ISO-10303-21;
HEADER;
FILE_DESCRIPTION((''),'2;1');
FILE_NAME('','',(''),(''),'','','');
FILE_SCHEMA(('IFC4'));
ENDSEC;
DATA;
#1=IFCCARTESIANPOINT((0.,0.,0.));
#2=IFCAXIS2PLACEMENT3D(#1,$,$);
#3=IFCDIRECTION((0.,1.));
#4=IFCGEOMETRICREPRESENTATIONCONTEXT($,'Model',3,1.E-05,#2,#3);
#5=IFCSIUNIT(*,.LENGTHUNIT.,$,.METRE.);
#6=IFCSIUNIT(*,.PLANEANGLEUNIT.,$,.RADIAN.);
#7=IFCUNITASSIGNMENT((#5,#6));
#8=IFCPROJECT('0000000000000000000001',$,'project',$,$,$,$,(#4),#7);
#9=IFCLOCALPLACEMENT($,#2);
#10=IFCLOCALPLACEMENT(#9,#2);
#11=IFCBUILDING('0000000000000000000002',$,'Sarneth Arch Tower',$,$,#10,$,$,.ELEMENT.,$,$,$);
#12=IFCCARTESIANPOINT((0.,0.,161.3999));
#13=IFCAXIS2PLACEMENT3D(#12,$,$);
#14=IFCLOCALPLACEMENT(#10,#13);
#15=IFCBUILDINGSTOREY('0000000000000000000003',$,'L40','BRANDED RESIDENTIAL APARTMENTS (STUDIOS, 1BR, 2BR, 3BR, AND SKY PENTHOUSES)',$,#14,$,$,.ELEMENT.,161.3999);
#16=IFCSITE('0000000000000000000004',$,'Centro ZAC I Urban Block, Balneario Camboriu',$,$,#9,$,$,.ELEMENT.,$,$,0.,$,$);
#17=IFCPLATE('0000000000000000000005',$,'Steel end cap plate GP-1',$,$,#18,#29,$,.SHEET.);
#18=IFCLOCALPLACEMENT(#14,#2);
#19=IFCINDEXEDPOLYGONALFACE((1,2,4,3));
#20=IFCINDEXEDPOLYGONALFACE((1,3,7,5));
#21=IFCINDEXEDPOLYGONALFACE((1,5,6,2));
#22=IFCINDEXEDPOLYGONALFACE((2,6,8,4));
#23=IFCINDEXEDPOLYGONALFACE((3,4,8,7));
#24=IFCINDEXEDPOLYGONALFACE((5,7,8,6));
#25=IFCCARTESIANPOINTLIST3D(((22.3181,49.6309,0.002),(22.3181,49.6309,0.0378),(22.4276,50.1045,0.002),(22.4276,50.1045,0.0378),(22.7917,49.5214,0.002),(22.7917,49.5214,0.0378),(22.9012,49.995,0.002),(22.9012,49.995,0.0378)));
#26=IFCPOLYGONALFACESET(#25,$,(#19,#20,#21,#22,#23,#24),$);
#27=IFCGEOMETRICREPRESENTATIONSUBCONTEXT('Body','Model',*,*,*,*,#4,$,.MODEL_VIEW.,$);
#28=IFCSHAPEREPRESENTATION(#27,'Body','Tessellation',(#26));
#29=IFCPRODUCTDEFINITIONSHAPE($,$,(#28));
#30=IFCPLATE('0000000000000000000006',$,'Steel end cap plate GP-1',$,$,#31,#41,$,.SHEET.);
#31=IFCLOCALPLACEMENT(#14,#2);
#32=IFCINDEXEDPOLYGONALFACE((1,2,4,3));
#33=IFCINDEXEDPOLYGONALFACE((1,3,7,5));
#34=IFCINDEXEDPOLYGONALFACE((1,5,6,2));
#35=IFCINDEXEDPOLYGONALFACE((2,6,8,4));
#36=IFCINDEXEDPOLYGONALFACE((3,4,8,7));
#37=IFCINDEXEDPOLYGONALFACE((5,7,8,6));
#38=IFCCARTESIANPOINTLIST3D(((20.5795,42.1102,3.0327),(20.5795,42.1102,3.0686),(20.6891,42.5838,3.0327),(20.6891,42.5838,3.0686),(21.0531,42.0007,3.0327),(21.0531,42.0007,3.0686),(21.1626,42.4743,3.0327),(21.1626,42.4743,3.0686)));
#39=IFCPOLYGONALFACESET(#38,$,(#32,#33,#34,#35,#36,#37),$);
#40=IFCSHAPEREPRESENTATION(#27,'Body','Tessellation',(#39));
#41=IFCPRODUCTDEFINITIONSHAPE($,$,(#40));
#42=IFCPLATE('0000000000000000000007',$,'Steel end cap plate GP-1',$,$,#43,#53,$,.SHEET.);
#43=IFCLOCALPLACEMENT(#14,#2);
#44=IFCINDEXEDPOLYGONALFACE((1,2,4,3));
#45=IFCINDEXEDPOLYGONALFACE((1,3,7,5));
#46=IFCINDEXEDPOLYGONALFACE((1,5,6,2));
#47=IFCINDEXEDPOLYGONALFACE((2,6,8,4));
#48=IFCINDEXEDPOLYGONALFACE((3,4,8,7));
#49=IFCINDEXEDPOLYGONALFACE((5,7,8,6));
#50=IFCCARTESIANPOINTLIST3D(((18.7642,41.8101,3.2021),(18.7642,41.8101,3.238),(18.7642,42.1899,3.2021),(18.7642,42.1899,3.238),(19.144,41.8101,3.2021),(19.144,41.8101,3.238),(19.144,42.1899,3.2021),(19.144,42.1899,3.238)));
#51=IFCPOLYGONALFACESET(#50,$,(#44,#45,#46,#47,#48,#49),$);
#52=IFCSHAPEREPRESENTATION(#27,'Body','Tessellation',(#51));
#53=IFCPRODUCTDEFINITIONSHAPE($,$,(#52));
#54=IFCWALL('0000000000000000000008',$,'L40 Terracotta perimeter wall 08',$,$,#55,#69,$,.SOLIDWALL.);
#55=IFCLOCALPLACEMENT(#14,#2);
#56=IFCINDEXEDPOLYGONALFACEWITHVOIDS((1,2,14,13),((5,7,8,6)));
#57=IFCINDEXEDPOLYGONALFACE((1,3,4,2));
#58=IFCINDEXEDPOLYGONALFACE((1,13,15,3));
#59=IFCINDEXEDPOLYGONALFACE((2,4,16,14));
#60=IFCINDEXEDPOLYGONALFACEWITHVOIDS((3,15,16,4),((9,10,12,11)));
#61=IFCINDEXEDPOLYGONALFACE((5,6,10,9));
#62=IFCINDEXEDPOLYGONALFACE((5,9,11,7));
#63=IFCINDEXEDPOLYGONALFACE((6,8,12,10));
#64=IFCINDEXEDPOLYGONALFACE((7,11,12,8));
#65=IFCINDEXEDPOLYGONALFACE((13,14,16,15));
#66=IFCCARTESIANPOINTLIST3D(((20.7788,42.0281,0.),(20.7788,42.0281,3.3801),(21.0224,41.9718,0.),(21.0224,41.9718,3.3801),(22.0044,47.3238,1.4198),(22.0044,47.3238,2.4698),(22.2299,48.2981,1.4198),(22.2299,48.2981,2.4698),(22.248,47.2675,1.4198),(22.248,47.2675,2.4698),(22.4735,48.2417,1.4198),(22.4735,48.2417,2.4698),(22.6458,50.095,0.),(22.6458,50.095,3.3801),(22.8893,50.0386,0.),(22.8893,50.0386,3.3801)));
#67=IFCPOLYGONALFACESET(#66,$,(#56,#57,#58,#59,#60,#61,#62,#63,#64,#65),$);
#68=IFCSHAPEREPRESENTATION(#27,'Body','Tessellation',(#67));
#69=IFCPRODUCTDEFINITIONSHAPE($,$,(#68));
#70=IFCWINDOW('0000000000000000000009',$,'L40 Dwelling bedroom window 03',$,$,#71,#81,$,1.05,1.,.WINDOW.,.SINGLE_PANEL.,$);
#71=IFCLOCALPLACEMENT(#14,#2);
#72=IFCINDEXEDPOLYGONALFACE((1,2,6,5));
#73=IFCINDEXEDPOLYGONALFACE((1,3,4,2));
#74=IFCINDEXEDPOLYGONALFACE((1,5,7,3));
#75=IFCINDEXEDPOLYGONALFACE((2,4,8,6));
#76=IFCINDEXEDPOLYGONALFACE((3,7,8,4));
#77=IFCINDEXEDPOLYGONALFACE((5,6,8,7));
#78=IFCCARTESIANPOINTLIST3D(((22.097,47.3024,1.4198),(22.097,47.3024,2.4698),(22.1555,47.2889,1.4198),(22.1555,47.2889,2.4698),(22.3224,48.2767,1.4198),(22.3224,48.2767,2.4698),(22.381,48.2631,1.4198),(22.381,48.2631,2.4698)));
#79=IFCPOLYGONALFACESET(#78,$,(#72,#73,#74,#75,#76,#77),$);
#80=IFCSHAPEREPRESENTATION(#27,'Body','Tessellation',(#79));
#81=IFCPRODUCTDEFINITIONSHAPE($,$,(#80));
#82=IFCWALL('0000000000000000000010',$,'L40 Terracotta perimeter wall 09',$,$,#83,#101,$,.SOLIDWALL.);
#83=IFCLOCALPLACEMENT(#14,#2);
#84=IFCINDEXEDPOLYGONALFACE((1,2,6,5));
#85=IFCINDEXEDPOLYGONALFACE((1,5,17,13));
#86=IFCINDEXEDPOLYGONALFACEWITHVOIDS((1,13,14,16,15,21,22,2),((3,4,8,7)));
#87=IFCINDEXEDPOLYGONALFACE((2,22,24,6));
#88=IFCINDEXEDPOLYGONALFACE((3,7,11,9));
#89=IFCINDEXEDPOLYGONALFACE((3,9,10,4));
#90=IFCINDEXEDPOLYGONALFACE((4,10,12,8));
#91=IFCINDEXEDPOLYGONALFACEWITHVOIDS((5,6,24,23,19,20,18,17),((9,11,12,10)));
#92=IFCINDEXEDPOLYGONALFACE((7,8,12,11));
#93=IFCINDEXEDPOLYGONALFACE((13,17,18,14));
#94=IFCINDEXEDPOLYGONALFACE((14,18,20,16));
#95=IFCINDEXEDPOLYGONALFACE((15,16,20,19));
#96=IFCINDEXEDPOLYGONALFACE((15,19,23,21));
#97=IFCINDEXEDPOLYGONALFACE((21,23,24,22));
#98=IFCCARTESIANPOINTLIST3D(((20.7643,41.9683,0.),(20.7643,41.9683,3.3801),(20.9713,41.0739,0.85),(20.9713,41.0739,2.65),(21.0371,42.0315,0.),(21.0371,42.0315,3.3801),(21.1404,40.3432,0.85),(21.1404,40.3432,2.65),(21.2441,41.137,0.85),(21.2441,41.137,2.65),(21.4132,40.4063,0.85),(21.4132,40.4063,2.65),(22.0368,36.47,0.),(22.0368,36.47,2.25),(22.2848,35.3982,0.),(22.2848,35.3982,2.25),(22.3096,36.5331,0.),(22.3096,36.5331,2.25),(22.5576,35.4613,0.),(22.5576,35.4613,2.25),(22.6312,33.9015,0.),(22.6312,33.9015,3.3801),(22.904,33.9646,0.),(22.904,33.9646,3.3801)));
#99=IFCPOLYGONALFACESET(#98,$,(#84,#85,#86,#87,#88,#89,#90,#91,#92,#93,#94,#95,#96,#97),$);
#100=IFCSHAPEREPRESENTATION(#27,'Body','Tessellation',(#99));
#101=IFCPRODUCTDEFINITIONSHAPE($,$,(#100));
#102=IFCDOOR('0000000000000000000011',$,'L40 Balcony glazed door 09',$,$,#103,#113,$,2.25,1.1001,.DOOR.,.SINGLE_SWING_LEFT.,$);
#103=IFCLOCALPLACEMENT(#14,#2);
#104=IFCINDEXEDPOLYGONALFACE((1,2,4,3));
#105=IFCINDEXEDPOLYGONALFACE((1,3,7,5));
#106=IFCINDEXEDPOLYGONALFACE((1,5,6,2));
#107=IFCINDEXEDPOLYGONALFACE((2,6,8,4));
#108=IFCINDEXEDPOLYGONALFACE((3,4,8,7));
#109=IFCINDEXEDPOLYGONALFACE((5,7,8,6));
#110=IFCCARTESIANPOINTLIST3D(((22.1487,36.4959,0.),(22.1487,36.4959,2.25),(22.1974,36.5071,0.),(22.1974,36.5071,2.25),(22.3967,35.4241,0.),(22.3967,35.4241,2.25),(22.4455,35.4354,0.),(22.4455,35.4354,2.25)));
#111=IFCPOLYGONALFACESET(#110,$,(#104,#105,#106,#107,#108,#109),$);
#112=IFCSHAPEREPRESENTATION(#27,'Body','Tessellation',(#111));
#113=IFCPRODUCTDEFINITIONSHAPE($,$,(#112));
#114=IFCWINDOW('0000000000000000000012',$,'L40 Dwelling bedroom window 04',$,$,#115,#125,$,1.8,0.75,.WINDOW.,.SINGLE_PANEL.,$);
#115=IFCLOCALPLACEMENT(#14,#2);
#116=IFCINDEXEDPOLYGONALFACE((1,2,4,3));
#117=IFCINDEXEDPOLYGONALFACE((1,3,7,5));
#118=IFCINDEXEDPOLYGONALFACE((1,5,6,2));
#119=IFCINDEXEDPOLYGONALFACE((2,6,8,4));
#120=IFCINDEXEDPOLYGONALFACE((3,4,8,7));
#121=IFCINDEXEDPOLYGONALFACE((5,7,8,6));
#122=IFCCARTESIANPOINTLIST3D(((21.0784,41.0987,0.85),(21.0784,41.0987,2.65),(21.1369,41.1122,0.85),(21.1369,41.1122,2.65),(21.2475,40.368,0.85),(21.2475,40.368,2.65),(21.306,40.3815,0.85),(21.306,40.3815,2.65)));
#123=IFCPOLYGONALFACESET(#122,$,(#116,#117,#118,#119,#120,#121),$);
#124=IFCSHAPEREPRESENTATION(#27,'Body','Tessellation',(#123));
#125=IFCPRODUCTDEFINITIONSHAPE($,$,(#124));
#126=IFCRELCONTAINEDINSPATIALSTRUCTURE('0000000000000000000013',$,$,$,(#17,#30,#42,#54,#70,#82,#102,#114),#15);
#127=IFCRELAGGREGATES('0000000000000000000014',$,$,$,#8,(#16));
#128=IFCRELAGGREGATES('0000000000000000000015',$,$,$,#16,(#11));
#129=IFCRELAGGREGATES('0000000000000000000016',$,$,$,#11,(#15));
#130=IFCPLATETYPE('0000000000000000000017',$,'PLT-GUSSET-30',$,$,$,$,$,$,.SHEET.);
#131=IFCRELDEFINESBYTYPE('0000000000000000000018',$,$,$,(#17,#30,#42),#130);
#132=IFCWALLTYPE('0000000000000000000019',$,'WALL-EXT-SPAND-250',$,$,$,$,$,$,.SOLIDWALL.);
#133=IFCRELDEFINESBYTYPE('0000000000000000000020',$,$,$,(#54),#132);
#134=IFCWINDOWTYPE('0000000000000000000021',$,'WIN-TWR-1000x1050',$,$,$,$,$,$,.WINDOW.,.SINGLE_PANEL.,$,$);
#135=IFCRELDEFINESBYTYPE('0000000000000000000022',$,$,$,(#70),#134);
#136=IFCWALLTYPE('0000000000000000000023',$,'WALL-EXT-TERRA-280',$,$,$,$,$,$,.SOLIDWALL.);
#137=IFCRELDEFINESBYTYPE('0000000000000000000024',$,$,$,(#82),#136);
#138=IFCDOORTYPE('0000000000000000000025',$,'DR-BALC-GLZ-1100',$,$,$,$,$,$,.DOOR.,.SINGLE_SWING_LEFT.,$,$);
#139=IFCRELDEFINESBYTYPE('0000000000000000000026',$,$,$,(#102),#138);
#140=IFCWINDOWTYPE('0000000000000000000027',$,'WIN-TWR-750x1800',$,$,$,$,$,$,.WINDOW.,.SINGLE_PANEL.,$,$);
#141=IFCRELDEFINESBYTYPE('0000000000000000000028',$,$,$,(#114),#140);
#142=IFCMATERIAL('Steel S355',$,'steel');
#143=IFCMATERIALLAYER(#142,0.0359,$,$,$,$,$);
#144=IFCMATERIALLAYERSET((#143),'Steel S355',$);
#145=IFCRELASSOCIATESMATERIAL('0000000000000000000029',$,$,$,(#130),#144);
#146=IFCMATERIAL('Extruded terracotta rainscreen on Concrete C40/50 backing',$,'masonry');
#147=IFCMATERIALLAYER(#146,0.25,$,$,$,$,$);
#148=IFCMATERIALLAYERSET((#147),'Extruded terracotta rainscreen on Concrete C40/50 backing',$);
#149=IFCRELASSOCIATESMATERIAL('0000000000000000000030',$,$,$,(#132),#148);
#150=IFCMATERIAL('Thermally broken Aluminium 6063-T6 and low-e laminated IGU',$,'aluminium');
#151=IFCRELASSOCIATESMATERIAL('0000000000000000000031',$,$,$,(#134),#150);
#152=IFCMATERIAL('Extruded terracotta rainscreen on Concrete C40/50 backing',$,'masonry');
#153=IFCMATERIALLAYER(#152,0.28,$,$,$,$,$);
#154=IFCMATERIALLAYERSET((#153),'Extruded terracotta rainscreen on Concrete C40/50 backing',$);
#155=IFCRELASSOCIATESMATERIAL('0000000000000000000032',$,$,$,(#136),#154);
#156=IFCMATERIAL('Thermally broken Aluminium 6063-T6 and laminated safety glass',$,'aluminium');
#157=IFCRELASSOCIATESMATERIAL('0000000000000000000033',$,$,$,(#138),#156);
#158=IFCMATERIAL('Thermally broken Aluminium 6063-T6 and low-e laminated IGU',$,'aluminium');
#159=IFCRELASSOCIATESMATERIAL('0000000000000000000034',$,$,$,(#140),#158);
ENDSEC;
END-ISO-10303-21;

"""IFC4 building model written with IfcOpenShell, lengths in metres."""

from ifc_helpers import new_model, si_unit, direction, frame, frame_2d, origin, origin_2d, place, context, subcontext, project, spatial, rectangle, extrude, material, layer, layer_set, type_object, element, fill, save


model = new_model("IFC4")

# Units and contexts
model_context = context("Model", 3, precision=1e-05, world=origin(), true_north=direction((0.0, 1.0)))
body_context = subcontext(model_context, "Body", "Model", "MODEL_VIEW")
ifc_project = project(units=[si_unit("LENGTHUNIT", "METRE"), si_unit("PLANEANGLEUNIT", "RADIAN")], contexts=[model_context])

# Site, building, storey
site_placement = place(None, origin())
site = spatial("IfcSite", under=ifc_project, at=site_placement, Name="Centro ZAC I Urban Block, Balneario Camboriu", CompositionType="ELEMENT", RefElevation=0.0)
building_placement = place(site_placement, origin())
building = spatial("IfcBuilding", under=site, at=building_placement, Name="Sarneth Arch Tower", CompositionType="ELEMENT")
storey_placement = place(building_placement, frame((0.0, 0.0, 161.3999)))
storey = spatial("IfcBuildingStorey", under=building, at=storey_placement, Name="L40", Description="BRANDED RESIDENTIAL APARTMENTS (STUDIOS, 1BR, 2BR, 3BR, AND SKY PENTHOUSES)", CompositionType="ELEMENT", Elevation=161.3999)

# Plates
ifc_material_1 = material(Name="Steel S355", Category="steel")
ifc_layer_1 = layer(ifc_material_1, 0.0359)
ifc_layer_set_1 = layer_set([ifc_layer_1], Name="Steel S355")
plate_type = type_object("IfcPlateType", Name="PLT-GUSSET-30", PredefinedType="SHEET", material=ifc_layer_set_1)
for number, where, z_axis, x_axis, name in (
    (1, (22.6096, 49.813, 0.002), (0.0, 0.0, 1.0), (-0.225291, -0.974291, 0.0), "Steel end cap plate GP-1"),
    (2, (20.8711, 42.2922, 3.0327), (0.0, 0.0, 1.0), (-0.225291, -0.974291, 0.0), "Steel end cap plate GP-1"),
):
    element("IfcPlate", number, at=place(storey_placement, frame(where, z_axis=z_axis, x_axis=x_axis)), inside=storey, type_object=plate_type, Name=name, PredefinedType="SHEET", context=body_context, shape_type="SweptSolid", body=[
        extrude(rectangle(XDim=0.4861, YDim=0.4861, at=origin_2d()), origin(), (0.0, 0.0, 1.0), 0.0359),
    ])
plate_placement = place(storey_placement, frame((18.9541, 42.0, 3.2021), z_axis=(0.0, 0.0, 1.0), x_axis=(-1.0, 0.0, 0.0)))
element("IfcPlate", 3, at=plate_placement, inside=storey, type_object=plate_type, Name="Steel end cap plate GP-1", PredefinedType="SHEET", context=body_context, shape_type="SweptSolid", body=[
    extrude(rectangle(XDim=0.3799, YDim=0.3799, at=origin_2d()), origin(), (0.0, 0.0, 1.0), 0.0359),
])

# Wall, opening, window
ifc_material_2 = material(Name="Extruded terracotta rainscreen on Concrete C40/50 backing", Category="masonry")
ifc_layer_2 = layer(ifc_material_2, 0.25)
ifc_layer_set_2 = layer_set([ifc_layer_2], Name="Extruded terracotta rainscreen on Concrete C40/50 backing")
wall_type_1 = type_object("IfcWallType", Name="WALL-EXT-SPAND-250", PredefinedType="SOLIDWALL", material=ifc_layer_set_2)
wall_1_placement = place(storey_placement, frame((22.7676, 50.0669, 0.0), z_axis=(0.0, 0.0, 1.0), x_axis=(-0.225473, -0.974249, 0.0)))
wall_1 = element("IfcWall", 4, at=wall_1_placement, inside=storey, type_object=wall_type_1, Name="L40 Terracotta perimeter wall 08", PredefinedType="SOLIDWALL", context=body_context, shape_type="SweptSolid", body=[
    extrude(rectangle(XDim=8.28, YDim=0.25, at=frame_2d((4.1401, 0.0))), origin(), (0.0, 0.0, 1.0), 3.3801),
])
opening_1_placement = place(wall_1_placement, frame((1.8445, 0.0, 1.4199)))
opening_1 = element("IfcOpeningElement", 5, at=opening_1_placement, cuts=wall_1, PredefinedType="OPENING", context=body_context, shape_type="SweptSolid", body=[
    extrude(rectangle(XDim=1.0, YDim=1.05, at=frame_2d((0.5, 0.5249))), frame((0.0, 0.135, 0.0), z_axis=(0.0, -1.0, 0.0), x_axis=(1.0, 0.0, 0.0)), (0.0, 0.0, 1.0), 0.27),
])
ifc_material_3 = material(Name="Thermally broken Aluminium 6063-T6 and low-e laminated IGU", Category="aluminium")
window_type_1 = type_object("IfcWindowType", Name="WIN-TWR-1000x1050", PartitioningType="SINGLE_PANEL", PredefinedType="WINDOW", material=ifc_material_3)
window_1_placement = place(opening_1_placement, origin())
window_1 = element("IfcWindow", 6, at=window_1_placement, inside=storey, type_object=window_type_1, Name="L40 Dwelling bedroom window 03", OverallHeight=1.05, OverallWidth=1.0, PartitioningType="SINGLE_PANEL", PredefinedType="WINDOW", context=body_context, shape_type="SweptSolid", body=[
    extrude(rectangle(XDim=1.0, YDim=1.05, at=frame_2d((0.5, 0.5249))), frame((0.0, 0.03, 0.0), z_axis=(0.0, -1.0, 0.0), x_axis=(1.0, 0.0, 0.0)), (0.0, 0.0, 1.0), 0.0601),
])
fill(opening_1, window_1)

# Wall, openings, door, window
ifc_material_4 = material(Name="Extruded terracotta rainscreen on Concrete C40/50 backing", Category="masonry")
ifc_layer_3 = layer(ifc_material_4, 0.28)
ifc_layer_set_3 = layer_set([ifc_layer_3], Name="Extruded terracotta rainscreen on Concrete C40/50 backing")
wall_type_2 = type_object("IfcWallType", Name="WALL-EXT-TERRA-280", PredefinedType="SOLIDWALL", material=ifc_layer_set_3)
wall_2_placement = place(storey_placement, frame((20.9006, 42.0, 0.0), z_axis=(0.0, 0.0, 1.0), x_axis=(0.225473, -0.974249, 0.0)))
wall_2 = element("IfcWall", 7, at=wall_2_placement, inside=storey, type_object=wall_type_2, Name="L40 Terracotta perimeter wall 09", PredefinedType="SOLIDWALL", context=body_context, shape_type="SweptSolid", body=[
    extrude(rectangle(XDim=8.28, YDim=0.28, at=frame_2d((4.1401, 0.0))), origin(), (0.0, 0.0, 1.0), 3.3801),
])
opening_2_placement = place(wall_2_placement, frame((5.6438, 0.0, 0.0)))
opening_2 = element("IfcOpeningElement", 8, at=opening_2_placement, cuts=wall_2, PredefinedType="OPENING", context=body_context, shape_type="SweptSolid", body=[
    extrude(rectangle(XDim=1.1001, YDim=2.25, at=frame_2d((0.55, 1.125))), frame((0.0, 0.1499, 0.0), z_axis=(0.0, -1.0, 0.0), x_axis=(1.0, 0.0, 0.0)), (0.0, 0.0, 1.0), 0.3),
])
opening_3_placement = place(wall_2_placement, frame((0.9182, 0.0, 0.8501)))
opening_3 = element("IfcOpeningElement", 9, at=opening_3_placement, cuts=wall_2, PredefinedType="OPENING", context=body_context, shape_type="SweptSolid", body=[
    extrude(rectangle(XDim=0.75, YDim=1.8, at=frame_2d((0.375, 0.8999))), frame((0.0, 0.1499, 0.0), z_axis=(0.0, -1.0, 0.0), x_axis=(1.0, 0.0, 0.0)), (0.0, 0.0, 1.0), 0.3),
])
ifc_material_5 = material(Name="Thermally broken Aluminium 6063-T6 and laminated safety glass", Category="aluminium")
door_type_1 = type_object("IfcDoorType", Name="DR-BALC-GLZ-1100", OperationType="SINGLE_SWING_LEFT", PredefinedType="DOOR", material=ifc_material_5)
door_1_placement = place(opening_2_placement, origin())
door_1 = element("IfcDoor", 10, at=door_1_placement, inside=storey, type_object=door_type_1, Name="L40 Balcony glazed door 09", OperationType="SINGLE_SWING_LEFT", OverallHeight=2.25, OverallWidth=1.1001, PredefinedType="DOOR", context=body_context, shape_type="SweptSolid", body=[
    extrude(rectangle(XDim=1.1001, YDim=2.25, at=frame_2d((0.55, 1.125))), frame((0.0, 0.0249, 0.0), z_axis=(0.0, -1.0, 0.0), x_axis=(1.0, 0.0, 0.0)), (0.0, 0.0, 1.0), 0.05),
])
fill(opening_2, door_1)
ifc_material_6 = material(Name="Thermally broken Aluminium 6063-T6 and low-e laminated IGU", Category="aluminium")
window_type_2 = type_object("IfcWindowType", Name="WIN-TWR-750x1800", PartitioningType="SINGLE_PANEL", PredefinedType="WINDOW", material=ifc_material_6)
window_2_placement = place(opening_3_placement, origin())
window_2 = element("IfcWindow", 11, at=window_2_placement, inside=storey, type_object=window_type_2, Name="L40 Dwelling bedroom window 04", OverallHeight=1.8, OverallWidth=0.75, PartitioningType="SINGLE_PANEL", PredefinedType="WINDOW", context=body_context, shape_type="SweptSolid", body=[
    extrude(rectangle(XDim=0.75, YDim=1.8, at=frame_2d((0.375, 0.8999))), frame((0.0, 0.03, 0.0), z_axis=(0.0, -1.0, 0.0), x_axis=(1.0, 0.0, 0.0)), (0.0, 0.0, 1.0), 0.0601),
])
fill(opening_3, window_2)

save(model, "model.ifc")
